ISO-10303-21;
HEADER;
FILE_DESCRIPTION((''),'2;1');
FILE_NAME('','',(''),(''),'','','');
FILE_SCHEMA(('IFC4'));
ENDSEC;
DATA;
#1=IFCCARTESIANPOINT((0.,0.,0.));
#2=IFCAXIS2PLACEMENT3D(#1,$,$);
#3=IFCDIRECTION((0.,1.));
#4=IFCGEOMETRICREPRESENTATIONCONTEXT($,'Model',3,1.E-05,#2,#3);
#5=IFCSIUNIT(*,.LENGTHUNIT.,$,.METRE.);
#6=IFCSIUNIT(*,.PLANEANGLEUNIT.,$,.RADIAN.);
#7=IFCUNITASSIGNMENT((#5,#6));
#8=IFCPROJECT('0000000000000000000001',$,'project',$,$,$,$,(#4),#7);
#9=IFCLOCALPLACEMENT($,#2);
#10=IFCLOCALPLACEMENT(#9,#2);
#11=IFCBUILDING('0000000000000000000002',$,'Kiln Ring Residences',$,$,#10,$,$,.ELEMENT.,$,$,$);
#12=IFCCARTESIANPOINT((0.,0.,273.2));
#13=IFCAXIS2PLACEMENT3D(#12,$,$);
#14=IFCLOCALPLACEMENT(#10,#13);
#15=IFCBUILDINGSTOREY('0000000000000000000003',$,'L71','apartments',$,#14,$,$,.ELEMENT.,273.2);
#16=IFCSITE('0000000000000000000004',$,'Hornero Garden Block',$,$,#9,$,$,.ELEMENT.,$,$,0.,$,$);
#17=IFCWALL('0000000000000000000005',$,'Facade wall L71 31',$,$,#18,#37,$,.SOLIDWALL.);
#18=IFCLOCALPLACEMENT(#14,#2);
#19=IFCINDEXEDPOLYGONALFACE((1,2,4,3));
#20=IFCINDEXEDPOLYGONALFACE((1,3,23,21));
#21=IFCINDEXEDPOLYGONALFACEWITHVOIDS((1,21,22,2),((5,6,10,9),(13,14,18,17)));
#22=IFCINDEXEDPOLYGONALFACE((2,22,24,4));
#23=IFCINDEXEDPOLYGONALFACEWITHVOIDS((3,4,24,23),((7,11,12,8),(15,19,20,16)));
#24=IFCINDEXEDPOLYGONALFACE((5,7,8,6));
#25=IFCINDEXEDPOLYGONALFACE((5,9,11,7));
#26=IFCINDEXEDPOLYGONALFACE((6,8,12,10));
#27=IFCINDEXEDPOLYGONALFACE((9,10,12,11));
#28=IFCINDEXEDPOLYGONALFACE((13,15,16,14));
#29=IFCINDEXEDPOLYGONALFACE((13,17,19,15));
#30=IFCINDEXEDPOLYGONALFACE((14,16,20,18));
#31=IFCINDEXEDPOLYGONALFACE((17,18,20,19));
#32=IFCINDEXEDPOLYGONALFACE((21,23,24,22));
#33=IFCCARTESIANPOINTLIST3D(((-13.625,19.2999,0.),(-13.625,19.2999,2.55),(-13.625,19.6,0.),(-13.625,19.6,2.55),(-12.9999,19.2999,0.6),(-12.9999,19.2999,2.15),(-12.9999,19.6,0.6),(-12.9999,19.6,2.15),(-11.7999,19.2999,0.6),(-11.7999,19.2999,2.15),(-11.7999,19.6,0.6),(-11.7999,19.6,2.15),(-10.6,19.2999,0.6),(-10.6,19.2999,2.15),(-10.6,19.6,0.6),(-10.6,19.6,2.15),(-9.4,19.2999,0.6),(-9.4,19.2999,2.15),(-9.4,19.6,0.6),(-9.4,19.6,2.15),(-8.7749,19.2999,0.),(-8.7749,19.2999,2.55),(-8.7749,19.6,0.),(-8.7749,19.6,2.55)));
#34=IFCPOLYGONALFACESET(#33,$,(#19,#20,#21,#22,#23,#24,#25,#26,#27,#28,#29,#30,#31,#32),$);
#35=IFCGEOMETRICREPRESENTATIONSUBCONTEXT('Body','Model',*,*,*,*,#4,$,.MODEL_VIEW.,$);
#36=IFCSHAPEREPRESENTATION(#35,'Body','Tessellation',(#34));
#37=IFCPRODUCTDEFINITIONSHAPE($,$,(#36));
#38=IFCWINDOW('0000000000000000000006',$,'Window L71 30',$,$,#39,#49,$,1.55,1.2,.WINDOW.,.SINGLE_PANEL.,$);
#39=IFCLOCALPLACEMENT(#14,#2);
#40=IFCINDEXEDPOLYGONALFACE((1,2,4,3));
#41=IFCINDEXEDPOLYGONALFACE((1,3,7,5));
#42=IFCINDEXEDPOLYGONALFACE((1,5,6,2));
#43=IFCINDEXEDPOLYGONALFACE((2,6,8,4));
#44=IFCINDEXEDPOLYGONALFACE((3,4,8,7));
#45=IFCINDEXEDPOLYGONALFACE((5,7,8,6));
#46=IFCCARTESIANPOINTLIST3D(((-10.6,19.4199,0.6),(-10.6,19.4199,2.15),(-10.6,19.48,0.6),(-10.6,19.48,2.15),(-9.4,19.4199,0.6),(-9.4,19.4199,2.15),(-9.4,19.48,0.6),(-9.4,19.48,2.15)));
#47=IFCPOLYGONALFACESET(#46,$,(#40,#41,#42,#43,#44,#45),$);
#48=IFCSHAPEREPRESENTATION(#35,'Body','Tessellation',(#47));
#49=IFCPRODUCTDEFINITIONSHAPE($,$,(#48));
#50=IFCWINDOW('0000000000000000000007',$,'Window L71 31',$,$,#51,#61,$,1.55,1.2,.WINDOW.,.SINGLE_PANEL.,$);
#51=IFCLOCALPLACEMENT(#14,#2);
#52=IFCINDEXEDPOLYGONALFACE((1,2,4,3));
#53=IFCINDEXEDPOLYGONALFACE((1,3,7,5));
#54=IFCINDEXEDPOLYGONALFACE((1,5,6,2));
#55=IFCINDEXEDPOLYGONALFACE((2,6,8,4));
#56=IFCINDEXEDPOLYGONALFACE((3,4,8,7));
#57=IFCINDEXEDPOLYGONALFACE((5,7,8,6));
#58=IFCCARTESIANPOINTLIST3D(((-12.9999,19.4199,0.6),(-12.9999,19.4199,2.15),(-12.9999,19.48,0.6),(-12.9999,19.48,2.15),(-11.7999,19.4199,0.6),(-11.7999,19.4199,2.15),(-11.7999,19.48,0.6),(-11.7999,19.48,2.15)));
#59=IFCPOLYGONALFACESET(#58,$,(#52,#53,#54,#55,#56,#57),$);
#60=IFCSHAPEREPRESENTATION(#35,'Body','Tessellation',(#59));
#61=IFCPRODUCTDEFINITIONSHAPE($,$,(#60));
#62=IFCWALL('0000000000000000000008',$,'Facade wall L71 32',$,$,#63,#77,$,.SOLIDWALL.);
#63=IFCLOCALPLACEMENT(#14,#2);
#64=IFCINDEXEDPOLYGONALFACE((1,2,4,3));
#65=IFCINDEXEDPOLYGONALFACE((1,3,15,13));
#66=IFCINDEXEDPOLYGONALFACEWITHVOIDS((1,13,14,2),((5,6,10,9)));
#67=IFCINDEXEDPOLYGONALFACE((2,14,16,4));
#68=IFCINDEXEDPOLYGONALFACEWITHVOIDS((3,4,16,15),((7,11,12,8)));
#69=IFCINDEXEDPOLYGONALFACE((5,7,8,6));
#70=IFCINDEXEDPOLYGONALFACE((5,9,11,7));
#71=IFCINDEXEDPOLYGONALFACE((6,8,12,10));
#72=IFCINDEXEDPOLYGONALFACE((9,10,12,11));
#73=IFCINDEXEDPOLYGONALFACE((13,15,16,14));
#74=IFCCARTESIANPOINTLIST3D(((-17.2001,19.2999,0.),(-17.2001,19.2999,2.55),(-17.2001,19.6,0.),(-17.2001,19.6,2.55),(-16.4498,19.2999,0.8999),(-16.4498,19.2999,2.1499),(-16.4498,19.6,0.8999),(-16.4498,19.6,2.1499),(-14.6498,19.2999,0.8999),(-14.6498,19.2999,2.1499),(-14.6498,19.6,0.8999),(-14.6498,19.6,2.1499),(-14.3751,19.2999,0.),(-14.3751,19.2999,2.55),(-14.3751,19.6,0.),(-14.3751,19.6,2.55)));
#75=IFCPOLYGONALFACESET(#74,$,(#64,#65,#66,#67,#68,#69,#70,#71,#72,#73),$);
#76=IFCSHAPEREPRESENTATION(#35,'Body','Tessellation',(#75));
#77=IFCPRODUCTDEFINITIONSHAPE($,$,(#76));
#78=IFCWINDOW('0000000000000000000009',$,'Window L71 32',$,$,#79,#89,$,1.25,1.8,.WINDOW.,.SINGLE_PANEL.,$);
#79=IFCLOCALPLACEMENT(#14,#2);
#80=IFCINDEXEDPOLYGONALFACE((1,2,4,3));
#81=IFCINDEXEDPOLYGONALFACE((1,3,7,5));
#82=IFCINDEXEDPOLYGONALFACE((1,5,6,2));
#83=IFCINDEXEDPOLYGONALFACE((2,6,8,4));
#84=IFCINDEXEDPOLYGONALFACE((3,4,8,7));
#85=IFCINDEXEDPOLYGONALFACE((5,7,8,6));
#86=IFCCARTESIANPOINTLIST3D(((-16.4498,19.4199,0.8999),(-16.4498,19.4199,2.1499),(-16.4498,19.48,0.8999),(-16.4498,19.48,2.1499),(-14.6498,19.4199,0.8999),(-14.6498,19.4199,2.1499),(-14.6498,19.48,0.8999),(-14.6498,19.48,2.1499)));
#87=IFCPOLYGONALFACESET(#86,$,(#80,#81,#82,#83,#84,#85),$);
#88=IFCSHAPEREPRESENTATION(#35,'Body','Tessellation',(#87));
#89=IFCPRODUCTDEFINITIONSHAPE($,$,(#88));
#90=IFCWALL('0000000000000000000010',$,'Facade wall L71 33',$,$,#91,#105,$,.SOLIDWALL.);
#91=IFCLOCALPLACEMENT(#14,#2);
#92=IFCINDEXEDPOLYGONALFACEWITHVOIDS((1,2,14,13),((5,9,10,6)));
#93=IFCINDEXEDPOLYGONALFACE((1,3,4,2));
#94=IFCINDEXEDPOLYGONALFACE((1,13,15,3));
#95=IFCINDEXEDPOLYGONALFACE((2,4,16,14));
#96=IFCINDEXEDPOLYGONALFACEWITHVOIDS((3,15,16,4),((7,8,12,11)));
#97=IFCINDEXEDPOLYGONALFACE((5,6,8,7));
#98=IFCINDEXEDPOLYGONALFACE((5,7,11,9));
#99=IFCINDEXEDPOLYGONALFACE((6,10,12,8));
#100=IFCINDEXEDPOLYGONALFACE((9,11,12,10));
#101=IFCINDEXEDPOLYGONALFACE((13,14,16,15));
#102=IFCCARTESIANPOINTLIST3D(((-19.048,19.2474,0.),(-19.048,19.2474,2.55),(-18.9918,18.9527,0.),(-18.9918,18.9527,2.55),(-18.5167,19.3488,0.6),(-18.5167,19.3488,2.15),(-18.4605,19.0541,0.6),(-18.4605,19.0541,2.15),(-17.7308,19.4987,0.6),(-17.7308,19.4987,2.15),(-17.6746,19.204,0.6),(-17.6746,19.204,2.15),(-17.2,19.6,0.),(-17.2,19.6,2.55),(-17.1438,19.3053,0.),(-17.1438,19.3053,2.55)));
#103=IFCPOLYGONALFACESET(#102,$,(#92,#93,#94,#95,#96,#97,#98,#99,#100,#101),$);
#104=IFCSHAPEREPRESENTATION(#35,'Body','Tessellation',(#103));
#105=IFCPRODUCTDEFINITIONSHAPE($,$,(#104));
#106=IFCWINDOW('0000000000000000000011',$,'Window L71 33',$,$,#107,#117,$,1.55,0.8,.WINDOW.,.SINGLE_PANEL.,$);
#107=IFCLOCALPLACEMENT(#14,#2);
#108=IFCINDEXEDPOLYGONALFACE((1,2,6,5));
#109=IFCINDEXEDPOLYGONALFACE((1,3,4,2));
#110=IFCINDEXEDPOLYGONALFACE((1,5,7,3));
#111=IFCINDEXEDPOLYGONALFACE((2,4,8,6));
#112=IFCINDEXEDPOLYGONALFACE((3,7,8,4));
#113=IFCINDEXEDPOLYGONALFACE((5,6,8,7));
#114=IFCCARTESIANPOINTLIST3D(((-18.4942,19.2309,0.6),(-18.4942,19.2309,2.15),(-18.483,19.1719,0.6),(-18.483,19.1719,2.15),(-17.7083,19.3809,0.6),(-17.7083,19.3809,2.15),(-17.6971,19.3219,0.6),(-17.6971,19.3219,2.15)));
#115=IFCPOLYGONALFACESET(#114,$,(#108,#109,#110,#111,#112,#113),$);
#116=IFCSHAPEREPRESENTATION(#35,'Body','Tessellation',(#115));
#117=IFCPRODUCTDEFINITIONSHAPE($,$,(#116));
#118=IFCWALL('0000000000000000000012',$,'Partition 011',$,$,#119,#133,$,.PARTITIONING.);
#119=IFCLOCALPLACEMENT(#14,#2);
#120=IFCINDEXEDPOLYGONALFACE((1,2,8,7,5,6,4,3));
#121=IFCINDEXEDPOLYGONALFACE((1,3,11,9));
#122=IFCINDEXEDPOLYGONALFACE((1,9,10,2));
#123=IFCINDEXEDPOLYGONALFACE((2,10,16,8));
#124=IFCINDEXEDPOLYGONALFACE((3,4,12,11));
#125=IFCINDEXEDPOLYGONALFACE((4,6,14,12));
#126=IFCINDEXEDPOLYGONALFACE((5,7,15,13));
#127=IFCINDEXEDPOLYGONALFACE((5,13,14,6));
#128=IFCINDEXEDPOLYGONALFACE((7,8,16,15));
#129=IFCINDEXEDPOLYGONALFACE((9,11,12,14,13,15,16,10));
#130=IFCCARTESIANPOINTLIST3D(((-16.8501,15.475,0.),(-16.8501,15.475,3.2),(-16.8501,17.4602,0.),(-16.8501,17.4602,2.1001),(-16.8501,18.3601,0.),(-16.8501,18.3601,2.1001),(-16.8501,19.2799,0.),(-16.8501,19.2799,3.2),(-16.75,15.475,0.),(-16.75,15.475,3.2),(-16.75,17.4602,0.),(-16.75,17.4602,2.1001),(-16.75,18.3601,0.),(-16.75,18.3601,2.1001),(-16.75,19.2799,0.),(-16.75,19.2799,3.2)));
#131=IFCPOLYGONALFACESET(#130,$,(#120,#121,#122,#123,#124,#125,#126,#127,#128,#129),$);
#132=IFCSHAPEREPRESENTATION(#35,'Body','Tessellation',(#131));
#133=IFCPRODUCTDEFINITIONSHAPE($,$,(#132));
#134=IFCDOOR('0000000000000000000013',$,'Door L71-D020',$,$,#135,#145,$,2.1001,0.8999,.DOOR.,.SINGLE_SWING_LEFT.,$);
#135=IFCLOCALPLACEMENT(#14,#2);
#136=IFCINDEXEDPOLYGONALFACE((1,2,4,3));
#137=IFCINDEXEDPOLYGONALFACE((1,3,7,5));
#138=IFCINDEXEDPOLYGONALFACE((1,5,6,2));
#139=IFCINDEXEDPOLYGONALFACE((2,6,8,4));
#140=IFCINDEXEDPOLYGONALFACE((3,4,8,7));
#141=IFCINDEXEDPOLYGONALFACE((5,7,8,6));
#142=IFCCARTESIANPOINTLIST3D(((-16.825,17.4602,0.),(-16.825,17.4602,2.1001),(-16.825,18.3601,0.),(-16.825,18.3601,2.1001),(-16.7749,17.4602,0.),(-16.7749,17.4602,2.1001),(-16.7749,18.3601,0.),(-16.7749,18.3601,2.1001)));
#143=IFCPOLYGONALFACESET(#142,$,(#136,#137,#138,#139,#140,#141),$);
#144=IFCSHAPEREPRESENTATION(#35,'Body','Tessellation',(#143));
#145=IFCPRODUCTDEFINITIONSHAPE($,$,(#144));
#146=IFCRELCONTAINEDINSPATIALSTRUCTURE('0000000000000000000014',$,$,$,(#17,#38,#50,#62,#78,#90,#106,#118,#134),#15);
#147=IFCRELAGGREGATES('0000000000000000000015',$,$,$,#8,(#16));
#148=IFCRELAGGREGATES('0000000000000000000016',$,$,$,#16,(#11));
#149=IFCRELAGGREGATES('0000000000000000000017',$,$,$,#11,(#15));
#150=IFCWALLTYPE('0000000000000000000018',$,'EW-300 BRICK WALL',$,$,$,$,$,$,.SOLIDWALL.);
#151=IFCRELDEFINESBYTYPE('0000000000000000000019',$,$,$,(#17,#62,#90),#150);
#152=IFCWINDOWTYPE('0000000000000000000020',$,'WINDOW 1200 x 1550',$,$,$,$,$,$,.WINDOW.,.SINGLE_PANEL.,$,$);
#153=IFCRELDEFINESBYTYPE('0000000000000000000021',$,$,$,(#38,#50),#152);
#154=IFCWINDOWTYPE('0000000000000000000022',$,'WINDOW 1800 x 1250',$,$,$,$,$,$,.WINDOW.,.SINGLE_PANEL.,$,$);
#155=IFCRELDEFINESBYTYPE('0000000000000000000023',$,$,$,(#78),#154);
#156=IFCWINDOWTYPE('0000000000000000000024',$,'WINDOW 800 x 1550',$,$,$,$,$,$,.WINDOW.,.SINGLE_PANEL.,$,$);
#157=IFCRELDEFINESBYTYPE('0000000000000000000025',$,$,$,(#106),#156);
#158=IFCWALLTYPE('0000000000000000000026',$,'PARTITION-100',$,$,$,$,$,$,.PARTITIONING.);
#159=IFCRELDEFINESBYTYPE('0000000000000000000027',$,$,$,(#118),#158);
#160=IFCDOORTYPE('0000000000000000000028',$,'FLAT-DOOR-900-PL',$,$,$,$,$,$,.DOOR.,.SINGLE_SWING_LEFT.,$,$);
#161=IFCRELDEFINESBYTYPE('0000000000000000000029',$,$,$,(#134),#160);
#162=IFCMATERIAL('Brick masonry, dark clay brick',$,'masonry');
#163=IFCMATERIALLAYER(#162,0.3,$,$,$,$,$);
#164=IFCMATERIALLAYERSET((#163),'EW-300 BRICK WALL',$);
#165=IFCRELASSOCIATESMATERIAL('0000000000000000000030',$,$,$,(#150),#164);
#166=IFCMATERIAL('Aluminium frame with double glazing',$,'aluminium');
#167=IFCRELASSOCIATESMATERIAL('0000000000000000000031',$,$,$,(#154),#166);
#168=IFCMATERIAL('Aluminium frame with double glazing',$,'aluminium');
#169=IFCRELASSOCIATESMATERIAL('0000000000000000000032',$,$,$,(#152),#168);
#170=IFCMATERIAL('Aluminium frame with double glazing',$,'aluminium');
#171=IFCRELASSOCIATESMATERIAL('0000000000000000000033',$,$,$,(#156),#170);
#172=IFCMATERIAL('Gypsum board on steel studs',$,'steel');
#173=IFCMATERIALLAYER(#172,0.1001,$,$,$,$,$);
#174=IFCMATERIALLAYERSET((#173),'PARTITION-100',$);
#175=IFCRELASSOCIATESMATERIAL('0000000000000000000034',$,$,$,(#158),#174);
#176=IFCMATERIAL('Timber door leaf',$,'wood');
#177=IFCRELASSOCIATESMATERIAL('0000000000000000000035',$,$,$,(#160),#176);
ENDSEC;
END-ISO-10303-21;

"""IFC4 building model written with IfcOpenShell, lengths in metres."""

from ifc_helpers import new_model, si_unit, direction, frame, frame_2d, origin, place, context, subcontext, project, spatial, rectangle, extrude, material, layer, layer_set, type_object, element, fill, save


model = new_model("IFC4")

# Units and contexts
model_context = context("Model", 3, precision=1e-05, world=origin(), true_north=direction((0.0, 1.0)))
body_context = subcontext(model_context, "Body", "Model", "MODEL_VIEW")
ifc_project = project(units=[si_unit("LENGTHUNIT", "METRE"), si_unit("PLANEANGLEUNIT", "RADIAN")], contexts=[model_context])

# Site, building, storey
site_placement = place(None, origin())
site = spatial("IfcSite", under=ifc_project, at=site_placement, Name="Hornero Garden Block", CompositionType="ELEMENT", RefElevation=0.0)
building_placement = place(site_placement, origin())
building = spatial("IfcBuilding", under=site, at=building_placement, Name="Kiln Ring Residences", CompositionType="ELEMENT")
storey_placement = place(building_placement, frame((0.0, 0.0, 273.2)))
storey = spatial("IfcBuildingStorey", under=building, at=storey_placement, Name="L71", Description="apartments", CompositionType="ELEMENT", Elevation=273.2)

# Wall, openings, windows
ifc_material_1 = material(Name="Brick masonry, dark clay brick", Category="masonry")
ifc_layer_1 = layer(ifc_material_1, 0.3)
ifc_layer_set_1 = layer_set([ifc_layer_1], Name="EW-300 BRICK WALL")
wall_type_1 = type_object("IfcWallType", Name="EW-300 BRICK WALL", PredefinedType="SOLIDWALL", material=ifc_layer_set_1)
ifc_material_2 = material(Name="Aluminium frame with double glazing", Category="aluminium")
window_type_1 = type_object("IfcWindowType", Name="WINDOW 1800 x 1250", PartitioningType="SINGLE_PANEL", PredefinedType="WINDOW", material=ifc_material_2)
wall_1_placement = place(storey_placement, frame((-8.7749, 19.45, 0.0), z_axis=(0.0, 0.0, 1.0), x_axis=(-1.0, 0.0, 0.0)))
wall_1 = element("IfcWall", 1, at=wall_1_placement, inside=storey, type_object=wall_type_1, Name="Facade wall L71 31", PredefinedType="SOLIDWALL", context=body_context, shape_type="SweptSolid", body=[
    extrude(rectangle(XDim=4.8501, YDim=0.3, at=frame_2d((2.425, 0.0))), origin(), (0.0, 0.0, 1.0), 2.55),
])
opening_1_placement = place(wall_1_placement, frame((0.625, 0.0, 0.6001)))
opening_1 = element("IfcOpeningElement", 2, at=opening_1_placement, cuts=wall_1, PredefinedType="OPENING", context=body_context, shape_type="SweptSolid", body=[
    extrude(rectangle(XDim=1.2, YDim=1.55, at=frame_2d((0.6001, 0.7749))), frame((0.0, 0.1599, 0.0), z_axis=(0.0, -1.0, 0.0), x_axis=(1.0, 0.0, 0.0)), (0.0, 0.0, 1.0), 0.3201),
])
opening_2_placement = place(wall_1_placement, frame((3.0249, 0.0, 0.6001)))
opening_2 = element("IfcOpeningElement", 3, at=opening_2_placement, cuts=wall_1, PredefinedType="OPENING", context=body_context, shape_type="SweptSolid", body=[
    extrude(rectangle(XDim=1.2, YDim=1.55, at=frame_2d((0.6001, 0.7749))), frame((0.0, 0.1599, 0.0), z_axis=(0.0, -1.0, 0.0), x_axis=(1.0, 0.0, 0.0)), (0.0, 0.0, 1.0), 0.3201),
])
ifc_material_3 = material(Name="Aluminium frame with double glazing", Category="aluminium")
window_type_2 = type_object("IfcWindowType", Name="WINDOW 1200 x 1550", PartitioningType="SINGLE_PANEL", PredefinedType="WINDOW", material=ifc_material_3)
window_1_placement = place(opening_1_placement, origin())
window_1 = element("IfcWindow", 4, at=window_1_placement, inside=storey, type_object=window_type_2, Name="Window L71 30", OverallHeight=1.55, OverallWidth=1.2, PartitioningType="SINGLE_PANEL", PredefinedType="WINDOW", context=body_context, shape_type="SweptSolid", body=[
    extrude(rectangle(XDim=1.2, YDim=1.55, at=frame_2d((0.6001, 0.7749))), frame((0.0, 0.03, 0.0), z_axis=(0.0, -1.0, 0.0), x_axis=(1.0, 0.0, 0.0)), (0.0, 0.0, 1.0), 0.0601),
])
fill(opening_1, window_1)
window_2_placement = place(opening_2_placement, origin())
window_2 = element("IfcWindow", 5, at=window_2_placement, inside=storey, type_object=window_type_2, Name="Window L71 31", OverallHeight=1.55, OverallWidth=1.2, PartitioningType="SINGLE_PANEL", PredefinedType="WINDOW", context=body_context, shape_type="SweptSolid", body=[
    extrude(rectangle(XDim=1.2, YDim=1.55, at=frame_2d((0.6001, 0.7749))), frame((0.0, 0.03, 0.0), z_axis=(0.0, -1.0, 0.0), x_axis=(1.0, 0.0, 0.0)), (0.0, 0.0, 1.0), 0.0601),
])
fill(opening_2, window_2)

# Walls, openings, windows
wall_2_placement = place(storey_placement, frame((-14.375, 19.45, 0.0), z_axis=(0.0, 0.0, 1.0), x_axis=(-1.0, 0.0, 0.0)))
wall_2 = element("IfcWall", 6, at=wall_2_placement, inside=storey, type_object=wall_type_1, Name="Facade wall L71 32", PredefinedType="SOLIDWALL", context=body_context, shape_type="SweptSolid", body=[
    extrude(rectangle(XDim=2.825, YDim=0.3, at=frame_2d((1.4126, 0.0))), origin(), (0.0, 0.0, 1.0), 2.55),
])
opening_3_placement = place(wall_2_placement, frame((0.2749, 0.0, 0.8999)))
opening_3 = element("IfcOpeningElement", 7, at=opening_3_placement, cuts=wall_2, PredefinedType="OPENING", context=body_context, shape_type="SweptSolid", body=[
    extrude(rectangle(XDim=1.8, YDim=1.25, at=frame_2d((0.8999, 0.625))), frame((0.0, 0.1599, 0.0), z_axis=(0.0, -1.0, 0.0), x_axis=(1.0, 0.0, 0.0)), (0.0, 0.0, 1.0), 0.3201),
])
window_3_placement = place(opening_3_placement, origin())
window_3 = element("IfcWindow", 8, at=window_3_placement, inside=storey, type_object=window_type_1, Name="Window L71 32", OverallHeight=1.25, OverallWidth=1.8, PartitioningType="SINGLE_PANEL", PredefinedType="WINDOW", context=body_context, shape_type="SweptSolid", body=[
    extrude(rectangle(XDim=1.8, YDim=1.25, at=frame_2d((0.8999, 0.625))), frame((0.0, 0.03, 0.0), z_axis=(0.0, -1.0, 0.0), x_axis=(1.0, 0.0, 0.0)), (0.0, 0.0, 1.0), 0.0601),
])
fill(opening_3, window_3)
wall_3_placement = place(storey_placement, frame((-17.1719, 19.4526, 0.0), z_axis=(0.0, 0.0, 1.0), x_axis=(-0.982284, -0.187398, 0.0)))
wall_3 = element("IfcWall", 9, at=wall_3_placement, inside=storey, type_object=wall_type_1, Name="Facade wall L71 33", PredefinedType="SOLIDWALL", context=body_context, shape_type="SweptSolid", body=[
    extrude(rectangle(XDim=1.8813, YDim=0.3, at=frame_2d((0.9407, 0.0))), origin(), (0.0, 0.0, 1.0), 2.55),
])
opening_4_placement = place(wall_3_placement, frame((0.5405, 0.0, 0.6001)))
opening_4 = element("IfcOpeningElement", 10, at=opening_4_placement, cuts=wall_3, PredefinedType="OPENING", context=body_context, shape_type="SweptSolid", body=[
    extrude(rectangle(XDim=0.8, YDim=1.55, at=frame_2d((0.3999, 0.7749))), frame((0.0, 0.1599, 0.0), z_axis=(0.0, -1.0, 0.0), x_axis=(1.0, 0.0, 0.0)), (0.0, 0.0, 1.0), 0.3201),
])
ifc_material_4 = material(Name="Aluminium frame with double glazing", Category="aluminium")
window_type_3 = type_object("IfcWindowType", Name="WINDOW 800 x 1550", PartitioningType="SINGLE_PANEL", PredefinedType="WINDOW", material=ifc_material_4)
window_4_placement = place(opening_4_placement, origin())
window_4 = element("IfcWindow", 11, at=window_4_placement, inside=storey, type_object=window_type_3, Name="Window L71 33", OverallHeight=1.55, OverallWidth=0.8, PartitioningType="SINGLE_PANEL", PredefinedType="WINDOW", context=body_context, shape_type="SweptSolid", body=[
    extrude(rectangle(XDim=0.8, YDim=1.55, at=frame_2d((0.3999, 0.7749))), frame((0.0, 0.03, 0.0), z_axis=(0.0, -1.0, 0.0), x_axis=(1.0, 0.0, 0.0)), (0.0, 0.0, 1.0), 0.0601),
])
fill(opening_4, window_4)

# Wall, opening, door
ifc_material_5 = material(Name="Gypsum board on steel studs", Category="steel")
ifc_layer_2 = layer(ifc_material_5, 0.1001)
ifc_layer_set_2 = layer_set([ifc_layer_2], Name="PARTITION-100")
wall_type_2 = type_object("IfcWallType", Name="PARTITION-100", PredefinedType="PARTITIONING", material=ifc_layer_set_2)
wall_4_placement = place(storey_placement, frame((-16.8, 15.4751, 0.0), z_axis=(0.0, 0.0, 1.0), x_axis=(0.0, 1.0, 0.0)))
wall_4 = element("IfcWall", 12, at=wall_4_placement, inside=storey, type_object=wall_type_2, Name="Partition 011", PredefinedType="PARTITIONING", context=body_context, shape_type="SweptSolid", body=[
    extrude(rectangle(XDim=3.8049, YDim=0.1001, at=frame_2d((1.9023, 0.0))), origin(), (0.0, 0.0, 1.0), 3.2),
])
opening_5_placement = place(wall_4_placement, frame((1.9851, 0.0, 0.0)))
opening_5 = element("IfcOpeningElement", 13, at=opening_5_placement, cuts=wall_4, PredefinedType="OPENING", context=body_context, shape_type="SweptSolid", body=[
    extrude(rectangle(XDim=0.8999, YDim=2.1001, at=frame_2d((0.45, 1.05))), frame((0.0, 0.0601, 0.0), z_axis=(0.0, -1.0, 0.0), x_axis=(1.0, 0.0, 0.0)), (0.0, 0.0, 1.0), 0.1201),
])
ifc_material_6 = material(Name="Timber door leaf", Category="wood")
door_type_1 = type_object("IfcDoorType", Name="FLAT-DOOR-900-PL", OperationType="SINGLE_SWING_LEFT", PredefinedType="DOOR", material=ifc_material_6)
door_1_placement = place(opening_5_placement, origin())
door_1 = element("IfcDoor", 14, at=door_1_placement, inside=storey, type_object=door_type_1, Name="Door L71-D020", OperationType="SINGLE_SWING_LEFT", OverallHeight=2.1001, OverallWidth=0.8999, PredefinedType="DOOR", context=body_context, shape_type="SweptSolid", body=[
    extrude(rectangle(XDim=0.8999, YDim=2.1001, at=frame_2d((0.45, 1.05))), frame((0.0, 0.0249, 0.0), z_axis=(0.0, -1.0, 0.0), x_axis=(1.0, 0.0, 0.0)), (0.0, 0.0, 1.0), 0.05),
])
fill(opening_5, door_1)

save(model, "model.ifc")
